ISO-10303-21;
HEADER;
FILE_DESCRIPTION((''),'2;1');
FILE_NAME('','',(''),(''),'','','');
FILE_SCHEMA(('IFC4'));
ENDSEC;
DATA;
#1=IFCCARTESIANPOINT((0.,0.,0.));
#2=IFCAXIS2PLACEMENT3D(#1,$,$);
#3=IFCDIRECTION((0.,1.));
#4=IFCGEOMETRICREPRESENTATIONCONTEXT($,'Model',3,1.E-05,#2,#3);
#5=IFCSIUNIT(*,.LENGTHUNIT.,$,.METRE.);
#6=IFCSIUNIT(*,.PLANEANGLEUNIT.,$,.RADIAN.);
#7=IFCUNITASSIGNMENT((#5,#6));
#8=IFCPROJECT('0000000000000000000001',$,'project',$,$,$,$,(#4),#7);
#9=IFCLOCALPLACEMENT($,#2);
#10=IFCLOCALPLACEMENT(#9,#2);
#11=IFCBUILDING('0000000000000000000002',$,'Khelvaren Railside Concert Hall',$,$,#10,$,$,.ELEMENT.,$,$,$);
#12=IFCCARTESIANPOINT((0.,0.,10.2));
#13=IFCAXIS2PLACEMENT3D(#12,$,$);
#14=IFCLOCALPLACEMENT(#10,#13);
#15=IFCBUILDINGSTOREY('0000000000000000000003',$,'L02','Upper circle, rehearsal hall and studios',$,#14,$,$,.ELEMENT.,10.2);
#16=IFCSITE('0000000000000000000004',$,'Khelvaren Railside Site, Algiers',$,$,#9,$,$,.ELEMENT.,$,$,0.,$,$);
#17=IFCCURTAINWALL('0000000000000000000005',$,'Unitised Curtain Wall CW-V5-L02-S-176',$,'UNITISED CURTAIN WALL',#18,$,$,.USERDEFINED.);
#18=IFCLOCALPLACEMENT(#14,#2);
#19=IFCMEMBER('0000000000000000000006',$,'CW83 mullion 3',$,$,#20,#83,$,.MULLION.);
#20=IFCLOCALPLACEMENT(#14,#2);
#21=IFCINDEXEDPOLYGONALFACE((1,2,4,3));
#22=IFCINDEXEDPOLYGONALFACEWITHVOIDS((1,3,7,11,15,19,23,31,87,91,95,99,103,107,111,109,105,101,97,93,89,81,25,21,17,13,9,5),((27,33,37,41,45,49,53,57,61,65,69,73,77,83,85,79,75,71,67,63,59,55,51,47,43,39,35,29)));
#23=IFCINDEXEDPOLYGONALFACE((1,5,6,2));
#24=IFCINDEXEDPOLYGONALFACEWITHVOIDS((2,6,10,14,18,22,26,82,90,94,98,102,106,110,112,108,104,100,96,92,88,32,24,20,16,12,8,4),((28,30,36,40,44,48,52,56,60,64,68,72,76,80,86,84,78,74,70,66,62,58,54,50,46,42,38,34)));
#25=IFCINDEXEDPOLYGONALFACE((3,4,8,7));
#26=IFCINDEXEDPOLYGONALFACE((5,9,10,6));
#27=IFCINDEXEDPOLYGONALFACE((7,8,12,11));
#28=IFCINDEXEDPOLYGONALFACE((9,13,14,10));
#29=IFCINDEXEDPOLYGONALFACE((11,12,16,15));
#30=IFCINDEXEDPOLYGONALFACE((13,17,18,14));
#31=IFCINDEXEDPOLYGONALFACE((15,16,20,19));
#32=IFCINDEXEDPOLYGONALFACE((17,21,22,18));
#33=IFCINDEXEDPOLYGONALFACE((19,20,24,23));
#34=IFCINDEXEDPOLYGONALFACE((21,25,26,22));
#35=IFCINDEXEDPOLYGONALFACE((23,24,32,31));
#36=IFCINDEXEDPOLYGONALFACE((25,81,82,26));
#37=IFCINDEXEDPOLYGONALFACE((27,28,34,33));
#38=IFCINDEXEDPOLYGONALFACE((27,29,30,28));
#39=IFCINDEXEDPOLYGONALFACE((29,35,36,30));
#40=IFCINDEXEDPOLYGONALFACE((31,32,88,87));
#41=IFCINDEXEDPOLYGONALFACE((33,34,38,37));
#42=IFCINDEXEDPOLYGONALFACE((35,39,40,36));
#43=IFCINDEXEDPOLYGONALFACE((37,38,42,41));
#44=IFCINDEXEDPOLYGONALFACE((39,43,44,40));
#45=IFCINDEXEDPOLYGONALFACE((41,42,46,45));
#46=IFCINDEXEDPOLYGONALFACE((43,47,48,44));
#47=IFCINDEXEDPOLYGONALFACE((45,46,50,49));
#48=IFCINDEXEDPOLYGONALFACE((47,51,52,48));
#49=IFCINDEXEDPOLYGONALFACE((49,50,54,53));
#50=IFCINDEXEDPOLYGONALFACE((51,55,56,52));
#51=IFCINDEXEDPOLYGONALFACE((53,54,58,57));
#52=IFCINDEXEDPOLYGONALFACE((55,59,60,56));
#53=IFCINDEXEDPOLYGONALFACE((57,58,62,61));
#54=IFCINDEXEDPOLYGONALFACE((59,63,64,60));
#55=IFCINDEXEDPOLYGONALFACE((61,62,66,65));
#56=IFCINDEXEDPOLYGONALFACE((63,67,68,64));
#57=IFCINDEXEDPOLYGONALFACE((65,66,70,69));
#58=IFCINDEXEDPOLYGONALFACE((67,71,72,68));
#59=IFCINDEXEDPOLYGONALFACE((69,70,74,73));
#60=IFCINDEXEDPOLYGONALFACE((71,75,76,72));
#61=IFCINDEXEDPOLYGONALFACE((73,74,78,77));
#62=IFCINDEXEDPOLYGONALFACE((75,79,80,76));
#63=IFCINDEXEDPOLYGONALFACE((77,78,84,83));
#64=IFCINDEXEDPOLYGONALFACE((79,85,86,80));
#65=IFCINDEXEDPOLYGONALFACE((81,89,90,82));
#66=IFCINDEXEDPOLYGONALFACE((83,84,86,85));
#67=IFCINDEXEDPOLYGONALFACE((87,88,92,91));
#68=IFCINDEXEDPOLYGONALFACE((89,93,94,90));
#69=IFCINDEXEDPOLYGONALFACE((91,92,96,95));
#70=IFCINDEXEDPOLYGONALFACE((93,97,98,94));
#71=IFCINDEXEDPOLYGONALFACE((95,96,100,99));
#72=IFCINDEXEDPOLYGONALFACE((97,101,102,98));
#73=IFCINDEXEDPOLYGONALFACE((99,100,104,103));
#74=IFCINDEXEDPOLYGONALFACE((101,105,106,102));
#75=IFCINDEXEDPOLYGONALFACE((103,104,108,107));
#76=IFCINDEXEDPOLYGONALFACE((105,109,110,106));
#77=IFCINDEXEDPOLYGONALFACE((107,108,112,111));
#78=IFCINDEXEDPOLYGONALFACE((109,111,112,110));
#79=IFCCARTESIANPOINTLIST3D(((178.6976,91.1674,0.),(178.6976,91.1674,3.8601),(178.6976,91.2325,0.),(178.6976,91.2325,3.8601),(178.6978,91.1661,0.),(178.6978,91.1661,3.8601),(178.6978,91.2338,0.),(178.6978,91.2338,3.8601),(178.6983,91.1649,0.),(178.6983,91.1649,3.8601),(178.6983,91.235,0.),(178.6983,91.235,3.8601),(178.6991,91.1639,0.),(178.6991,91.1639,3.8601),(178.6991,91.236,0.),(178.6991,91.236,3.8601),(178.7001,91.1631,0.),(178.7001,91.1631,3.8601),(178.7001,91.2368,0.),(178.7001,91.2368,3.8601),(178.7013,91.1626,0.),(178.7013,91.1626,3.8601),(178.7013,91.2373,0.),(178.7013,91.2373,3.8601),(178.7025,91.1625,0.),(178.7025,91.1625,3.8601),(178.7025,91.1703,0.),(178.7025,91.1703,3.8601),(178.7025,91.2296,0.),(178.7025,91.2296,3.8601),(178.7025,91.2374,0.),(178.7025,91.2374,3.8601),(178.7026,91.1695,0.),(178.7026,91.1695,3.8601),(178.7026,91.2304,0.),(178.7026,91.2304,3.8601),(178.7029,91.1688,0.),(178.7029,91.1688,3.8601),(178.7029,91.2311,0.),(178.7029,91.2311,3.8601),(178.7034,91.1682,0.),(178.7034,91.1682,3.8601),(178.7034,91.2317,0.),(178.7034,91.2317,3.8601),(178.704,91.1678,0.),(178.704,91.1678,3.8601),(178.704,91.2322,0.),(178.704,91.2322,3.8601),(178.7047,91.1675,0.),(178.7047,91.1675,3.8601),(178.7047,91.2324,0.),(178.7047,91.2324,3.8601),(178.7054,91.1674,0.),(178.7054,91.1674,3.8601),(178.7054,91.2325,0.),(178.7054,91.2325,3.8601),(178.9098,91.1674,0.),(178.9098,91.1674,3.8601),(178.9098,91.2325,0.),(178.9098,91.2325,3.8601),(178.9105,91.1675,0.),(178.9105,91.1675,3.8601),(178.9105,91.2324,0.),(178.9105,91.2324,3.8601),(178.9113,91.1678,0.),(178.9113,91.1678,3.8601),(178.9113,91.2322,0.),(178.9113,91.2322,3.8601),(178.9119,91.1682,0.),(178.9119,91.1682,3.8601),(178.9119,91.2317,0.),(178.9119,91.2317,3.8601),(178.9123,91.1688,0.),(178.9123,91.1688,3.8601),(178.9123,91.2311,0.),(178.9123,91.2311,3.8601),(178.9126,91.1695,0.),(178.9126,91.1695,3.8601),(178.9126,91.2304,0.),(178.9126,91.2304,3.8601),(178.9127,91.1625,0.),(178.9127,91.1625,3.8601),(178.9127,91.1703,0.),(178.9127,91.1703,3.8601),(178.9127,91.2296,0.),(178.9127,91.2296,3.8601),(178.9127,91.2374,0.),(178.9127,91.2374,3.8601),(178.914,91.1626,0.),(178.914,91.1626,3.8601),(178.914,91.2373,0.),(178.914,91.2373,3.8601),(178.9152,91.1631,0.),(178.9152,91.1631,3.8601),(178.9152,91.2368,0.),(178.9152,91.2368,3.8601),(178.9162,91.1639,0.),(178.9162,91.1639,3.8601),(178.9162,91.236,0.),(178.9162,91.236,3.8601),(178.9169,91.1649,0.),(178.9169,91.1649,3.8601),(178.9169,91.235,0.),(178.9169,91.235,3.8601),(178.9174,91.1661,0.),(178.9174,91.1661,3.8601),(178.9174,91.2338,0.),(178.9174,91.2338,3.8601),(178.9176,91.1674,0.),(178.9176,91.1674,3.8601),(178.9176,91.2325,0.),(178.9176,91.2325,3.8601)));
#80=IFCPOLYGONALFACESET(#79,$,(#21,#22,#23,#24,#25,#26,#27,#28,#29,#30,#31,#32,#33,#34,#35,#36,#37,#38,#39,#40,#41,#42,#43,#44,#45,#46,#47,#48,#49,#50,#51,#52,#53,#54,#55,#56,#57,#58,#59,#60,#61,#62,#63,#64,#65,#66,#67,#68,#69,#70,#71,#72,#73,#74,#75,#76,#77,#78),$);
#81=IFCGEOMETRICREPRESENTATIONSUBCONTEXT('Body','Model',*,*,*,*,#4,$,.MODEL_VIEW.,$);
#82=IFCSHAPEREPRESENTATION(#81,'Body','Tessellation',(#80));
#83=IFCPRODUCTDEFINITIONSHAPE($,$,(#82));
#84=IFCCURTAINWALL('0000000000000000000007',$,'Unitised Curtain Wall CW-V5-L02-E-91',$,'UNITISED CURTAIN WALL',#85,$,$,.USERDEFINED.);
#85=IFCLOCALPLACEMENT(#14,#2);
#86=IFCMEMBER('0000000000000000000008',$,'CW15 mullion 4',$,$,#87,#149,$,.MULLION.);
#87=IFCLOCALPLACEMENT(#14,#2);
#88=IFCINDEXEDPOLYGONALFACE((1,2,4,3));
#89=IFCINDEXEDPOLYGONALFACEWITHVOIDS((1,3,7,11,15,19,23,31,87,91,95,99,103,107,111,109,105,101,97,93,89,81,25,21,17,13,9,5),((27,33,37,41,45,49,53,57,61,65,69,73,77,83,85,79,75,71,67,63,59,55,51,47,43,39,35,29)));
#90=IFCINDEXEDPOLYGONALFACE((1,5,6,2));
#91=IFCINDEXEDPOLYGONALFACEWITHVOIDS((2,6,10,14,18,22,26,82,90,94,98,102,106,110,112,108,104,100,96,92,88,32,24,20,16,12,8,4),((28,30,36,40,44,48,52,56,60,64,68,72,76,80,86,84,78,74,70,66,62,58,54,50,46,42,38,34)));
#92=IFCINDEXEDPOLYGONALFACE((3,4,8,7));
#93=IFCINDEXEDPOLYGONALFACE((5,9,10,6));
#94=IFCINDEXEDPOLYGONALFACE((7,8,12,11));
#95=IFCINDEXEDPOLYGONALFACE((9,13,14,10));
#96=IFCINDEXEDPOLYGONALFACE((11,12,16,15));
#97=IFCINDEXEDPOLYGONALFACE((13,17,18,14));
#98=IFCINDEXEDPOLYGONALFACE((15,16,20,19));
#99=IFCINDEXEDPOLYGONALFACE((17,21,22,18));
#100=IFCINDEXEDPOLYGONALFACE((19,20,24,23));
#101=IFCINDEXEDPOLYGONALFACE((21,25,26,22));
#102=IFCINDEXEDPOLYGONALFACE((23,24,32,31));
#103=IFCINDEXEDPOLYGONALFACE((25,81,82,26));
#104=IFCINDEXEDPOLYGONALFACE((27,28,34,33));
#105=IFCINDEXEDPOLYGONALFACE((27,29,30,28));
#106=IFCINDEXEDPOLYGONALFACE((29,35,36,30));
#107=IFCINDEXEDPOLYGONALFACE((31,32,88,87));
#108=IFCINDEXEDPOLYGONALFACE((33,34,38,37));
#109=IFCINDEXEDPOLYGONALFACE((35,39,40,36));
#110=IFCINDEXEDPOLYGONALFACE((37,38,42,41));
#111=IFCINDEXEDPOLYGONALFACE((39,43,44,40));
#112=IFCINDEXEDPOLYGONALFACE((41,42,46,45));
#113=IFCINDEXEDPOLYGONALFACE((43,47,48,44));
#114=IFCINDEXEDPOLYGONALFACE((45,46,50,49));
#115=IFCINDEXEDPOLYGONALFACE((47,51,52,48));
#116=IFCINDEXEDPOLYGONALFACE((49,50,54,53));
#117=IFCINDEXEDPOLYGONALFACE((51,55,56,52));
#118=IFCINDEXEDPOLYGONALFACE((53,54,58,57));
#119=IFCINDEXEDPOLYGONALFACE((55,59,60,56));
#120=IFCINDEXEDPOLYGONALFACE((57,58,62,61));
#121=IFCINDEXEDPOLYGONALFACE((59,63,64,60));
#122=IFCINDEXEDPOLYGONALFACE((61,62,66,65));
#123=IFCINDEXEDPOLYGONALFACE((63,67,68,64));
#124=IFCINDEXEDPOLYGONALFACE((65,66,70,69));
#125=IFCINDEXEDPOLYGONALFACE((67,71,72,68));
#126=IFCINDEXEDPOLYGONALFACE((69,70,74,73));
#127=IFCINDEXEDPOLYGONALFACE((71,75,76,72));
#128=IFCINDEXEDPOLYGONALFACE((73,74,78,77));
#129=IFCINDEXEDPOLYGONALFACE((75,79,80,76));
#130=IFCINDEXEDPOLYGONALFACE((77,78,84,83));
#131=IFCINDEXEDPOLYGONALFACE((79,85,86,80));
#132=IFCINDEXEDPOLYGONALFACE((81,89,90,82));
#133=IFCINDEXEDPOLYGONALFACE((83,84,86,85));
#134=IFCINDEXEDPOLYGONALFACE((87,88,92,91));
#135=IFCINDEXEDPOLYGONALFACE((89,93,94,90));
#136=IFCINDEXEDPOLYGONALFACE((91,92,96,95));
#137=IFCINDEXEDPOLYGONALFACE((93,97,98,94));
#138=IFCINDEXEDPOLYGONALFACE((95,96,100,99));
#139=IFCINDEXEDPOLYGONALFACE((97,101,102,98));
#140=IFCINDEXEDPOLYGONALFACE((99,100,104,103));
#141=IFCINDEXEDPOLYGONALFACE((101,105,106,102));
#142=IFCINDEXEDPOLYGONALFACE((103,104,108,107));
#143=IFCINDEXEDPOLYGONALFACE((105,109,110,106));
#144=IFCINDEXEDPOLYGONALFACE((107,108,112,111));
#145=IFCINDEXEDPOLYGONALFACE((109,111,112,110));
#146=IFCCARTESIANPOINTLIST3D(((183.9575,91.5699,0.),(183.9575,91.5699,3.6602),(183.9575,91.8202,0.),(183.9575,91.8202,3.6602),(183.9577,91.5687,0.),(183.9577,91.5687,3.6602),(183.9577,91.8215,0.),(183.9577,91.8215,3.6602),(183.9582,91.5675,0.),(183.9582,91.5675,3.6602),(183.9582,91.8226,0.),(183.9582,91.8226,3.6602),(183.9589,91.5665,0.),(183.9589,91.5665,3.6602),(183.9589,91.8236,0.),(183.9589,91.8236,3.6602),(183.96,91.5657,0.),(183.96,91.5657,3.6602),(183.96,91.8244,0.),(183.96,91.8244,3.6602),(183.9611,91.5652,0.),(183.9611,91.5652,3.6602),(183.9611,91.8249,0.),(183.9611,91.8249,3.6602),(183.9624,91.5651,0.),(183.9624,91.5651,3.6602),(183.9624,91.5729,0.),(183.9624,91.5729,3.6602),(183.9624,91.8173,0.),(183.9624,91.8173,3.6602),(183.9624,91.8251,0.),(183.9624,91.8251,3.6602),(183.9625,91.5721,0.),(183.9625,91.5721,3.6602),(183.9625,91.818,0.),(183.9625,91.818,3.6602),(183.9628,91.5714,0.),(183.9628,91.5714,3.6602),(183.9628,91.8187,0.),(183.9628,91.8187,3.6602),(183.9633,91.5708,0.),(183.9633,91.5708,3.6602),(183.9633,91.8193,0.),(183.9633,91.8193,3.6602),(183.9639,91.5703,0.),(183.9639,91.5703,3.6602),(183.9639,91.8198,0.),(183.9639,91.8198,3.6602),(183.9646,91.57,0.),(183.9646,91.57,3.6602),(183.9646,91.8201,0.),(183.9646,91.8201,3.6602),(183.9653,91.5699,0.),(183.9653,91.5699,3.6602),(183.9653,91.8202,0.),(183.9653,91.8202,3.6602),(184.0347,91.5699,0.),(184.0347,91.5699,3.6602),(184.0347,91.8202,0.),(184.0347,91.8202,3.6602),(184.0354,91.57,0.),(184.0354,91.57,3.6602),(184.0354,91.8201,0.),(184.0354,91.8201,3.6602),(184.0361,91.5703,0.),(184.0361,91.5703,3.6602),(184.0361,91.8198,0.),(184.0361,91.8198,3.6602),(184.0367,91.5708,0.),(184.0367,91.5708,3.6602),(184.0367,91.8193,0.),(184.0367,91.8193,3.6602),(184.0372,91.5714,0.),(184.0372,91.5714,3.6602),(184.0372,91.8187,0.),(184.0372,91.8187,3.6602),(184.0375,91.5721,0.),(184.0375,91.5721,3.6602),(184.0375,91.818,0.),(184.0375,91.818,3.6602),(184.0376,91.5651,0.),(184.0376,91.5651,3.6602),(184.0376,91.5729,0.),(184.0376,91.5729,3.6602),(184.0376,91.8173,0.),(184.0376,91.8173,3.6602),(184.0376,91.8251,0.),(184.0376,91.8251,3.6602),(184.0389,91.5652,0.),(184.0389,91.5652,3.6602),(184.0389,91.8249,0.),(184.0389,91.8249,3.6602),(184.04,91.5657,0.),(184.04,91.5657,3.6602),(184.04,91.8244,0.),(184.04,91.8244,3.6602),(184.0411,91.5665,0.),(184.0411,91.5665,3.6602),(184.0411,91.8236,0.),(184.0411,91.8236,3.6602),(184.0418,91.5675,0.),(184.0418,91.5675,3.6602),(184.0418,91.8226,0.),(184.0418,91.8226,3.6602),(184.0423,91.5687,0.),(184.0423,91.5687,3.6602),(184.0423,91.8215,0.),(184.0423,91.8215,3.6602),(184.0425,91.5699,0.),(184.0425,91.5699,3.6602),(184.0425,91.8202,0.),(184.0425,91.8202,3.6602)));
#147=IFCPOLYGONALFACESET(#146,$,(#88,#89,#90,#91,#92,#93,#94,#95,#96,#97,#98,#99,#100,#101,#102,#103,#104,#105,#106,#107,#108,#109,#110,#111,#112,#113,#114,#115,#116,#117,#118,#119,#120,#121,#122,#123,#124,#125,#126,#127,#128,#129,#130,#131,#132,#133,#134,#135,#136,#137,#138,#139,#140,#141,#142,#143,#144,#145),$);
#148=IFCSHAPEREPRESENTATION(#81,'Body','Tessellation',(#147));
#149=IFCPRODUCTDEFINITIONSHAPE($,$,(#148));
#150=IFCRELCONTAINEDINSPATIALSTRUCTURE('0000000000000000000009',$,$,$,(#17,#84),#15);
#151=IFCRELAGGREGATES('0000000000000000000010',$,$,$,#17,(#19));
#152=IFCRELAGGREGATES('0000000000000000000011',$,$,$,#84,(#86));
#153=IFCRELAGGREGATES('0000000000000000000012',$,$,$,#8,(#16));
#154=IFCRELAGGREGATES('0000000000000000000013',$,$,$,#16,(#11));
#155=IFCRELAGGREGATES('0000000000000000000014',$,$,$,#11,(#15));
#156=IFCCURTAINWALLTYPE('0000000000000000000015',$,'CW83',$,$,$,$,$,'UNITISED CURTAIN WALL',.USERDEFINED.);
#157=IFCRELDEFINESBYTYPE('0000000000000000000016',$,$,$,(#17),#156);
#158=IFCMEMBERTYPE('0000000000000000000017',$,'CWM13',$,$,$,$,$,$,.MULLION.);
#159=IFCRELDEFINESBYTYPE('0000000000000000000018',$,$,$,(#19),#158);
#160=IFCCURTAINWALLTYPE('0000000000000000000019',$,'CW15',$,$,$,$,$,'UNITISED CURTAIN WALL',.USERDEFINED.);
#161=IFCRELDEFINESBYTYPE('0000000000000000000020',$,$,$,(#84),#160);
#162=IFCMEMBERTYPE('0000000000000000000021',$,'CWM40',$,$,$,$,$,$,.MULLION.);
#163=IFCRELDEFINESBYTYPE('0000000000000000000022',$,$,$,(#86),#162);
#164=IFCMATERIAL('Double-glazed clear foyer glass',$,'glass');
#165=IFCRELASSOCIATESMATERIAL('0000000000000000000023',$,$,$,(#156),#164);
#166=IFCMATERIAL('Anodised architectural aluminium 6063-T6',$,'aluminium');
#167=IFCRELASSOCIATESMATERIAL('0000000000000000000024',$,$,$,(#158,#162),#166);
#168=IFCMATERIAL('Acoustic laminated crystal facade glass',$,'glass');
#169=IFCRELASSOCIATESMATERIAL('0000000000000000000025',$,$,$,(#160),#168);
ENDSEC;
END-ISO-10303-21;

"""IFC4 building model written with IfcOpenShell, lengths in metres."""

from ifc_helpers import new_model, si_unit, direction, frame, origin, origin_2d, place, context, subcontext, project, spatial, hollow_rectangle, extrude, material, material_profile, profile_set, type_object, element, aggregate, save


model = new_model("IFC4")

# Units and contexts
model_context = context("Model", 3, precision=1e-05, world=origin(), true_north=direction((0.0, 1.0)))
body_context = subcontext(model_context, "Body", "Model", "MODEL_VIEW")
ifc_project = project(units=[si_unit("LENGTHUNIT", "METRE"), si_unit("PLANEANGLEUNIT", "RADIAN")], contexts=[model_context])

# Site, building, storey
site_placement = place(None, origin())
site = spatial("IfcSite", under=ifc_project, at=site_placement, Name="Khelvaren Railside Site, Algiers", CompositionType="ELEMENT", RefElevation=0.0)
building_placement = place(site_placement, origin())
building = spatial("IfcBuilding", under=site, at=building_placement, Name="Khelvaren Railside Concert Hall", CompositionType="ELEMENT")
storey_placement = place(building_placement, frame((0.0, 0.0, 10.2)))
storey = spatial("IfcBuildingStorey", under=building, at=storey_placement, Name="L02", Description="Upper circle, rehearsal hall and studios", CompositionType="ELEMENT", Elevation=10.2)

# Curtain walls, members
ifc_material_1 = material(Name="Double-glazed clear foyer glass", Category="glass")
curtain_wall_type_1 = type_object("IfcCurtainWallType", Name="CW83", ElementType="UNITISED CURTAIN WALL", PredefinedType="USERDEFINED", material=ifc_material_1)
curtain_wall_1_placement = place(storey_placement, origin())
curtain_wall_1 = element("IfcCurtainWall", 1, at=curtain_wall_1_placement, inside=storey, type_object=curtain_wall_type_1, Name="Unitised Curtain Wall CW-V5-L02-S-176", ObjectType="UNITISED CURTAIN WALL", PredefinedType="USERDEFINED")
ifc_material_2 = material(Name="Anodised architectural aluminium 6063-T6", Category="aluminium")
ifc_material_profile_1 = material_profile(ifc_material_2, hollow_rectangle(XDim=0.075, YDim=0.22, WallThickness=0.0049, InnerFilletRadius=0.0029, OuterFilletRadius=0.0049, at=origin_2d()), Name="CWM 75x220x5")
ifc_profile_set_1 = profile_set([ifc_material_profile_1], Name="Anodised architectural aluminium 6063-T6")
member_type_1 = type_object("IfcMemberType", Name="CWM13", PredefinedType="MULLION", material=ifc_profile_set_1)
member_1_placement = place(storey_placement, frame((178.8076, 91.2, 0.0), z_axis=(0.0, 0.0, 1.0), x_axis=(0.0, -1.0, 0.0)))
member_1 = element("IfcMember", 2, at=member_1_placement, type_object=member_type_1, Name="CW83 mullion 3", PredefinedType="MULLION", context=body_context, shape_type="SweptSolid", body=[
    extrude(hollow_rectangle(XDim=0.075, YDim=0.22, WallThickness=0.0049, InnerFilletRadius=0.0029, OuterFilletRadius=0.0049, at=origin_2d()), origin(), (0.0, 0.0, 1.0), 3.8601),
])
ifc_material_3 = material(Name="Acoustic laminated crystal facade glass", Category="glass")
curtain_wall_type_2 = type_object("IfcCurtainWallType", Name="CW15", ElementType="UNITISED CURTAIN WALL", PredefinedType="USERDEFINED", material=ifc_material_3)
curtain_wall_2_placement = place(storey_placement, origin())
curtain_wall_2 = element("IfcCurtainWall", 3, at=curtain_wall_2_placement, inside=storey, type_object=curtain_wall_type_2, Name="Unitised Curtain Wall CW-V5-L02-E-91", ObjectType="UNITISED CURTAIN WALL", PredefinedType="USERDEFINED")
ifc_material_profile_2 = material_profile(ifc_material_2, hollow_rectangle(XDim=0.085, YDim=0.26, WallThickness=0.0049, InnerFilletRadius=0.0029, OuterFilletRadius=0.0049, at=origin_2d()), Name="CWM 85x260x5")
ifc_profile_set_2 = profile_set([ifc_material_profile_2], Name="Anodised architectural aluminium 6063-T6")
member_type_2 = type_object("IfcMemberType", Name="CWM40", PredefinedType="MULLION", material=ifc_profile_set_2)
member_2_placement = place(storey_placement, frame((184.0, 91.6951, 0.0), z_axis=(0.0, 0.0, 1.0), x_axis=(1.0, 0.0, 0.0)))
member_2 = element("IfcMember", 4, at=member_2_placement, type_object=member_type_2, Name="CW15 mullion 4", PredefinedType="MULLION", context=body_context, shape_type="SweptSolid", body=[
    extrude(hollow_rectangle(XDim=0.085, YDim=0.26, WallThickness=0.0049, InnerFilletRadius=0.0029, OuterFilletRadius=0.0049, at=origin_2d()), origin(), (0.0, 0.0, 1.0), 3.6602),
])

aggregate(curtain_wall_1, [member_1])
aggregate(curtain_wall_2, [member_2])

save(model, "model.ifc")
